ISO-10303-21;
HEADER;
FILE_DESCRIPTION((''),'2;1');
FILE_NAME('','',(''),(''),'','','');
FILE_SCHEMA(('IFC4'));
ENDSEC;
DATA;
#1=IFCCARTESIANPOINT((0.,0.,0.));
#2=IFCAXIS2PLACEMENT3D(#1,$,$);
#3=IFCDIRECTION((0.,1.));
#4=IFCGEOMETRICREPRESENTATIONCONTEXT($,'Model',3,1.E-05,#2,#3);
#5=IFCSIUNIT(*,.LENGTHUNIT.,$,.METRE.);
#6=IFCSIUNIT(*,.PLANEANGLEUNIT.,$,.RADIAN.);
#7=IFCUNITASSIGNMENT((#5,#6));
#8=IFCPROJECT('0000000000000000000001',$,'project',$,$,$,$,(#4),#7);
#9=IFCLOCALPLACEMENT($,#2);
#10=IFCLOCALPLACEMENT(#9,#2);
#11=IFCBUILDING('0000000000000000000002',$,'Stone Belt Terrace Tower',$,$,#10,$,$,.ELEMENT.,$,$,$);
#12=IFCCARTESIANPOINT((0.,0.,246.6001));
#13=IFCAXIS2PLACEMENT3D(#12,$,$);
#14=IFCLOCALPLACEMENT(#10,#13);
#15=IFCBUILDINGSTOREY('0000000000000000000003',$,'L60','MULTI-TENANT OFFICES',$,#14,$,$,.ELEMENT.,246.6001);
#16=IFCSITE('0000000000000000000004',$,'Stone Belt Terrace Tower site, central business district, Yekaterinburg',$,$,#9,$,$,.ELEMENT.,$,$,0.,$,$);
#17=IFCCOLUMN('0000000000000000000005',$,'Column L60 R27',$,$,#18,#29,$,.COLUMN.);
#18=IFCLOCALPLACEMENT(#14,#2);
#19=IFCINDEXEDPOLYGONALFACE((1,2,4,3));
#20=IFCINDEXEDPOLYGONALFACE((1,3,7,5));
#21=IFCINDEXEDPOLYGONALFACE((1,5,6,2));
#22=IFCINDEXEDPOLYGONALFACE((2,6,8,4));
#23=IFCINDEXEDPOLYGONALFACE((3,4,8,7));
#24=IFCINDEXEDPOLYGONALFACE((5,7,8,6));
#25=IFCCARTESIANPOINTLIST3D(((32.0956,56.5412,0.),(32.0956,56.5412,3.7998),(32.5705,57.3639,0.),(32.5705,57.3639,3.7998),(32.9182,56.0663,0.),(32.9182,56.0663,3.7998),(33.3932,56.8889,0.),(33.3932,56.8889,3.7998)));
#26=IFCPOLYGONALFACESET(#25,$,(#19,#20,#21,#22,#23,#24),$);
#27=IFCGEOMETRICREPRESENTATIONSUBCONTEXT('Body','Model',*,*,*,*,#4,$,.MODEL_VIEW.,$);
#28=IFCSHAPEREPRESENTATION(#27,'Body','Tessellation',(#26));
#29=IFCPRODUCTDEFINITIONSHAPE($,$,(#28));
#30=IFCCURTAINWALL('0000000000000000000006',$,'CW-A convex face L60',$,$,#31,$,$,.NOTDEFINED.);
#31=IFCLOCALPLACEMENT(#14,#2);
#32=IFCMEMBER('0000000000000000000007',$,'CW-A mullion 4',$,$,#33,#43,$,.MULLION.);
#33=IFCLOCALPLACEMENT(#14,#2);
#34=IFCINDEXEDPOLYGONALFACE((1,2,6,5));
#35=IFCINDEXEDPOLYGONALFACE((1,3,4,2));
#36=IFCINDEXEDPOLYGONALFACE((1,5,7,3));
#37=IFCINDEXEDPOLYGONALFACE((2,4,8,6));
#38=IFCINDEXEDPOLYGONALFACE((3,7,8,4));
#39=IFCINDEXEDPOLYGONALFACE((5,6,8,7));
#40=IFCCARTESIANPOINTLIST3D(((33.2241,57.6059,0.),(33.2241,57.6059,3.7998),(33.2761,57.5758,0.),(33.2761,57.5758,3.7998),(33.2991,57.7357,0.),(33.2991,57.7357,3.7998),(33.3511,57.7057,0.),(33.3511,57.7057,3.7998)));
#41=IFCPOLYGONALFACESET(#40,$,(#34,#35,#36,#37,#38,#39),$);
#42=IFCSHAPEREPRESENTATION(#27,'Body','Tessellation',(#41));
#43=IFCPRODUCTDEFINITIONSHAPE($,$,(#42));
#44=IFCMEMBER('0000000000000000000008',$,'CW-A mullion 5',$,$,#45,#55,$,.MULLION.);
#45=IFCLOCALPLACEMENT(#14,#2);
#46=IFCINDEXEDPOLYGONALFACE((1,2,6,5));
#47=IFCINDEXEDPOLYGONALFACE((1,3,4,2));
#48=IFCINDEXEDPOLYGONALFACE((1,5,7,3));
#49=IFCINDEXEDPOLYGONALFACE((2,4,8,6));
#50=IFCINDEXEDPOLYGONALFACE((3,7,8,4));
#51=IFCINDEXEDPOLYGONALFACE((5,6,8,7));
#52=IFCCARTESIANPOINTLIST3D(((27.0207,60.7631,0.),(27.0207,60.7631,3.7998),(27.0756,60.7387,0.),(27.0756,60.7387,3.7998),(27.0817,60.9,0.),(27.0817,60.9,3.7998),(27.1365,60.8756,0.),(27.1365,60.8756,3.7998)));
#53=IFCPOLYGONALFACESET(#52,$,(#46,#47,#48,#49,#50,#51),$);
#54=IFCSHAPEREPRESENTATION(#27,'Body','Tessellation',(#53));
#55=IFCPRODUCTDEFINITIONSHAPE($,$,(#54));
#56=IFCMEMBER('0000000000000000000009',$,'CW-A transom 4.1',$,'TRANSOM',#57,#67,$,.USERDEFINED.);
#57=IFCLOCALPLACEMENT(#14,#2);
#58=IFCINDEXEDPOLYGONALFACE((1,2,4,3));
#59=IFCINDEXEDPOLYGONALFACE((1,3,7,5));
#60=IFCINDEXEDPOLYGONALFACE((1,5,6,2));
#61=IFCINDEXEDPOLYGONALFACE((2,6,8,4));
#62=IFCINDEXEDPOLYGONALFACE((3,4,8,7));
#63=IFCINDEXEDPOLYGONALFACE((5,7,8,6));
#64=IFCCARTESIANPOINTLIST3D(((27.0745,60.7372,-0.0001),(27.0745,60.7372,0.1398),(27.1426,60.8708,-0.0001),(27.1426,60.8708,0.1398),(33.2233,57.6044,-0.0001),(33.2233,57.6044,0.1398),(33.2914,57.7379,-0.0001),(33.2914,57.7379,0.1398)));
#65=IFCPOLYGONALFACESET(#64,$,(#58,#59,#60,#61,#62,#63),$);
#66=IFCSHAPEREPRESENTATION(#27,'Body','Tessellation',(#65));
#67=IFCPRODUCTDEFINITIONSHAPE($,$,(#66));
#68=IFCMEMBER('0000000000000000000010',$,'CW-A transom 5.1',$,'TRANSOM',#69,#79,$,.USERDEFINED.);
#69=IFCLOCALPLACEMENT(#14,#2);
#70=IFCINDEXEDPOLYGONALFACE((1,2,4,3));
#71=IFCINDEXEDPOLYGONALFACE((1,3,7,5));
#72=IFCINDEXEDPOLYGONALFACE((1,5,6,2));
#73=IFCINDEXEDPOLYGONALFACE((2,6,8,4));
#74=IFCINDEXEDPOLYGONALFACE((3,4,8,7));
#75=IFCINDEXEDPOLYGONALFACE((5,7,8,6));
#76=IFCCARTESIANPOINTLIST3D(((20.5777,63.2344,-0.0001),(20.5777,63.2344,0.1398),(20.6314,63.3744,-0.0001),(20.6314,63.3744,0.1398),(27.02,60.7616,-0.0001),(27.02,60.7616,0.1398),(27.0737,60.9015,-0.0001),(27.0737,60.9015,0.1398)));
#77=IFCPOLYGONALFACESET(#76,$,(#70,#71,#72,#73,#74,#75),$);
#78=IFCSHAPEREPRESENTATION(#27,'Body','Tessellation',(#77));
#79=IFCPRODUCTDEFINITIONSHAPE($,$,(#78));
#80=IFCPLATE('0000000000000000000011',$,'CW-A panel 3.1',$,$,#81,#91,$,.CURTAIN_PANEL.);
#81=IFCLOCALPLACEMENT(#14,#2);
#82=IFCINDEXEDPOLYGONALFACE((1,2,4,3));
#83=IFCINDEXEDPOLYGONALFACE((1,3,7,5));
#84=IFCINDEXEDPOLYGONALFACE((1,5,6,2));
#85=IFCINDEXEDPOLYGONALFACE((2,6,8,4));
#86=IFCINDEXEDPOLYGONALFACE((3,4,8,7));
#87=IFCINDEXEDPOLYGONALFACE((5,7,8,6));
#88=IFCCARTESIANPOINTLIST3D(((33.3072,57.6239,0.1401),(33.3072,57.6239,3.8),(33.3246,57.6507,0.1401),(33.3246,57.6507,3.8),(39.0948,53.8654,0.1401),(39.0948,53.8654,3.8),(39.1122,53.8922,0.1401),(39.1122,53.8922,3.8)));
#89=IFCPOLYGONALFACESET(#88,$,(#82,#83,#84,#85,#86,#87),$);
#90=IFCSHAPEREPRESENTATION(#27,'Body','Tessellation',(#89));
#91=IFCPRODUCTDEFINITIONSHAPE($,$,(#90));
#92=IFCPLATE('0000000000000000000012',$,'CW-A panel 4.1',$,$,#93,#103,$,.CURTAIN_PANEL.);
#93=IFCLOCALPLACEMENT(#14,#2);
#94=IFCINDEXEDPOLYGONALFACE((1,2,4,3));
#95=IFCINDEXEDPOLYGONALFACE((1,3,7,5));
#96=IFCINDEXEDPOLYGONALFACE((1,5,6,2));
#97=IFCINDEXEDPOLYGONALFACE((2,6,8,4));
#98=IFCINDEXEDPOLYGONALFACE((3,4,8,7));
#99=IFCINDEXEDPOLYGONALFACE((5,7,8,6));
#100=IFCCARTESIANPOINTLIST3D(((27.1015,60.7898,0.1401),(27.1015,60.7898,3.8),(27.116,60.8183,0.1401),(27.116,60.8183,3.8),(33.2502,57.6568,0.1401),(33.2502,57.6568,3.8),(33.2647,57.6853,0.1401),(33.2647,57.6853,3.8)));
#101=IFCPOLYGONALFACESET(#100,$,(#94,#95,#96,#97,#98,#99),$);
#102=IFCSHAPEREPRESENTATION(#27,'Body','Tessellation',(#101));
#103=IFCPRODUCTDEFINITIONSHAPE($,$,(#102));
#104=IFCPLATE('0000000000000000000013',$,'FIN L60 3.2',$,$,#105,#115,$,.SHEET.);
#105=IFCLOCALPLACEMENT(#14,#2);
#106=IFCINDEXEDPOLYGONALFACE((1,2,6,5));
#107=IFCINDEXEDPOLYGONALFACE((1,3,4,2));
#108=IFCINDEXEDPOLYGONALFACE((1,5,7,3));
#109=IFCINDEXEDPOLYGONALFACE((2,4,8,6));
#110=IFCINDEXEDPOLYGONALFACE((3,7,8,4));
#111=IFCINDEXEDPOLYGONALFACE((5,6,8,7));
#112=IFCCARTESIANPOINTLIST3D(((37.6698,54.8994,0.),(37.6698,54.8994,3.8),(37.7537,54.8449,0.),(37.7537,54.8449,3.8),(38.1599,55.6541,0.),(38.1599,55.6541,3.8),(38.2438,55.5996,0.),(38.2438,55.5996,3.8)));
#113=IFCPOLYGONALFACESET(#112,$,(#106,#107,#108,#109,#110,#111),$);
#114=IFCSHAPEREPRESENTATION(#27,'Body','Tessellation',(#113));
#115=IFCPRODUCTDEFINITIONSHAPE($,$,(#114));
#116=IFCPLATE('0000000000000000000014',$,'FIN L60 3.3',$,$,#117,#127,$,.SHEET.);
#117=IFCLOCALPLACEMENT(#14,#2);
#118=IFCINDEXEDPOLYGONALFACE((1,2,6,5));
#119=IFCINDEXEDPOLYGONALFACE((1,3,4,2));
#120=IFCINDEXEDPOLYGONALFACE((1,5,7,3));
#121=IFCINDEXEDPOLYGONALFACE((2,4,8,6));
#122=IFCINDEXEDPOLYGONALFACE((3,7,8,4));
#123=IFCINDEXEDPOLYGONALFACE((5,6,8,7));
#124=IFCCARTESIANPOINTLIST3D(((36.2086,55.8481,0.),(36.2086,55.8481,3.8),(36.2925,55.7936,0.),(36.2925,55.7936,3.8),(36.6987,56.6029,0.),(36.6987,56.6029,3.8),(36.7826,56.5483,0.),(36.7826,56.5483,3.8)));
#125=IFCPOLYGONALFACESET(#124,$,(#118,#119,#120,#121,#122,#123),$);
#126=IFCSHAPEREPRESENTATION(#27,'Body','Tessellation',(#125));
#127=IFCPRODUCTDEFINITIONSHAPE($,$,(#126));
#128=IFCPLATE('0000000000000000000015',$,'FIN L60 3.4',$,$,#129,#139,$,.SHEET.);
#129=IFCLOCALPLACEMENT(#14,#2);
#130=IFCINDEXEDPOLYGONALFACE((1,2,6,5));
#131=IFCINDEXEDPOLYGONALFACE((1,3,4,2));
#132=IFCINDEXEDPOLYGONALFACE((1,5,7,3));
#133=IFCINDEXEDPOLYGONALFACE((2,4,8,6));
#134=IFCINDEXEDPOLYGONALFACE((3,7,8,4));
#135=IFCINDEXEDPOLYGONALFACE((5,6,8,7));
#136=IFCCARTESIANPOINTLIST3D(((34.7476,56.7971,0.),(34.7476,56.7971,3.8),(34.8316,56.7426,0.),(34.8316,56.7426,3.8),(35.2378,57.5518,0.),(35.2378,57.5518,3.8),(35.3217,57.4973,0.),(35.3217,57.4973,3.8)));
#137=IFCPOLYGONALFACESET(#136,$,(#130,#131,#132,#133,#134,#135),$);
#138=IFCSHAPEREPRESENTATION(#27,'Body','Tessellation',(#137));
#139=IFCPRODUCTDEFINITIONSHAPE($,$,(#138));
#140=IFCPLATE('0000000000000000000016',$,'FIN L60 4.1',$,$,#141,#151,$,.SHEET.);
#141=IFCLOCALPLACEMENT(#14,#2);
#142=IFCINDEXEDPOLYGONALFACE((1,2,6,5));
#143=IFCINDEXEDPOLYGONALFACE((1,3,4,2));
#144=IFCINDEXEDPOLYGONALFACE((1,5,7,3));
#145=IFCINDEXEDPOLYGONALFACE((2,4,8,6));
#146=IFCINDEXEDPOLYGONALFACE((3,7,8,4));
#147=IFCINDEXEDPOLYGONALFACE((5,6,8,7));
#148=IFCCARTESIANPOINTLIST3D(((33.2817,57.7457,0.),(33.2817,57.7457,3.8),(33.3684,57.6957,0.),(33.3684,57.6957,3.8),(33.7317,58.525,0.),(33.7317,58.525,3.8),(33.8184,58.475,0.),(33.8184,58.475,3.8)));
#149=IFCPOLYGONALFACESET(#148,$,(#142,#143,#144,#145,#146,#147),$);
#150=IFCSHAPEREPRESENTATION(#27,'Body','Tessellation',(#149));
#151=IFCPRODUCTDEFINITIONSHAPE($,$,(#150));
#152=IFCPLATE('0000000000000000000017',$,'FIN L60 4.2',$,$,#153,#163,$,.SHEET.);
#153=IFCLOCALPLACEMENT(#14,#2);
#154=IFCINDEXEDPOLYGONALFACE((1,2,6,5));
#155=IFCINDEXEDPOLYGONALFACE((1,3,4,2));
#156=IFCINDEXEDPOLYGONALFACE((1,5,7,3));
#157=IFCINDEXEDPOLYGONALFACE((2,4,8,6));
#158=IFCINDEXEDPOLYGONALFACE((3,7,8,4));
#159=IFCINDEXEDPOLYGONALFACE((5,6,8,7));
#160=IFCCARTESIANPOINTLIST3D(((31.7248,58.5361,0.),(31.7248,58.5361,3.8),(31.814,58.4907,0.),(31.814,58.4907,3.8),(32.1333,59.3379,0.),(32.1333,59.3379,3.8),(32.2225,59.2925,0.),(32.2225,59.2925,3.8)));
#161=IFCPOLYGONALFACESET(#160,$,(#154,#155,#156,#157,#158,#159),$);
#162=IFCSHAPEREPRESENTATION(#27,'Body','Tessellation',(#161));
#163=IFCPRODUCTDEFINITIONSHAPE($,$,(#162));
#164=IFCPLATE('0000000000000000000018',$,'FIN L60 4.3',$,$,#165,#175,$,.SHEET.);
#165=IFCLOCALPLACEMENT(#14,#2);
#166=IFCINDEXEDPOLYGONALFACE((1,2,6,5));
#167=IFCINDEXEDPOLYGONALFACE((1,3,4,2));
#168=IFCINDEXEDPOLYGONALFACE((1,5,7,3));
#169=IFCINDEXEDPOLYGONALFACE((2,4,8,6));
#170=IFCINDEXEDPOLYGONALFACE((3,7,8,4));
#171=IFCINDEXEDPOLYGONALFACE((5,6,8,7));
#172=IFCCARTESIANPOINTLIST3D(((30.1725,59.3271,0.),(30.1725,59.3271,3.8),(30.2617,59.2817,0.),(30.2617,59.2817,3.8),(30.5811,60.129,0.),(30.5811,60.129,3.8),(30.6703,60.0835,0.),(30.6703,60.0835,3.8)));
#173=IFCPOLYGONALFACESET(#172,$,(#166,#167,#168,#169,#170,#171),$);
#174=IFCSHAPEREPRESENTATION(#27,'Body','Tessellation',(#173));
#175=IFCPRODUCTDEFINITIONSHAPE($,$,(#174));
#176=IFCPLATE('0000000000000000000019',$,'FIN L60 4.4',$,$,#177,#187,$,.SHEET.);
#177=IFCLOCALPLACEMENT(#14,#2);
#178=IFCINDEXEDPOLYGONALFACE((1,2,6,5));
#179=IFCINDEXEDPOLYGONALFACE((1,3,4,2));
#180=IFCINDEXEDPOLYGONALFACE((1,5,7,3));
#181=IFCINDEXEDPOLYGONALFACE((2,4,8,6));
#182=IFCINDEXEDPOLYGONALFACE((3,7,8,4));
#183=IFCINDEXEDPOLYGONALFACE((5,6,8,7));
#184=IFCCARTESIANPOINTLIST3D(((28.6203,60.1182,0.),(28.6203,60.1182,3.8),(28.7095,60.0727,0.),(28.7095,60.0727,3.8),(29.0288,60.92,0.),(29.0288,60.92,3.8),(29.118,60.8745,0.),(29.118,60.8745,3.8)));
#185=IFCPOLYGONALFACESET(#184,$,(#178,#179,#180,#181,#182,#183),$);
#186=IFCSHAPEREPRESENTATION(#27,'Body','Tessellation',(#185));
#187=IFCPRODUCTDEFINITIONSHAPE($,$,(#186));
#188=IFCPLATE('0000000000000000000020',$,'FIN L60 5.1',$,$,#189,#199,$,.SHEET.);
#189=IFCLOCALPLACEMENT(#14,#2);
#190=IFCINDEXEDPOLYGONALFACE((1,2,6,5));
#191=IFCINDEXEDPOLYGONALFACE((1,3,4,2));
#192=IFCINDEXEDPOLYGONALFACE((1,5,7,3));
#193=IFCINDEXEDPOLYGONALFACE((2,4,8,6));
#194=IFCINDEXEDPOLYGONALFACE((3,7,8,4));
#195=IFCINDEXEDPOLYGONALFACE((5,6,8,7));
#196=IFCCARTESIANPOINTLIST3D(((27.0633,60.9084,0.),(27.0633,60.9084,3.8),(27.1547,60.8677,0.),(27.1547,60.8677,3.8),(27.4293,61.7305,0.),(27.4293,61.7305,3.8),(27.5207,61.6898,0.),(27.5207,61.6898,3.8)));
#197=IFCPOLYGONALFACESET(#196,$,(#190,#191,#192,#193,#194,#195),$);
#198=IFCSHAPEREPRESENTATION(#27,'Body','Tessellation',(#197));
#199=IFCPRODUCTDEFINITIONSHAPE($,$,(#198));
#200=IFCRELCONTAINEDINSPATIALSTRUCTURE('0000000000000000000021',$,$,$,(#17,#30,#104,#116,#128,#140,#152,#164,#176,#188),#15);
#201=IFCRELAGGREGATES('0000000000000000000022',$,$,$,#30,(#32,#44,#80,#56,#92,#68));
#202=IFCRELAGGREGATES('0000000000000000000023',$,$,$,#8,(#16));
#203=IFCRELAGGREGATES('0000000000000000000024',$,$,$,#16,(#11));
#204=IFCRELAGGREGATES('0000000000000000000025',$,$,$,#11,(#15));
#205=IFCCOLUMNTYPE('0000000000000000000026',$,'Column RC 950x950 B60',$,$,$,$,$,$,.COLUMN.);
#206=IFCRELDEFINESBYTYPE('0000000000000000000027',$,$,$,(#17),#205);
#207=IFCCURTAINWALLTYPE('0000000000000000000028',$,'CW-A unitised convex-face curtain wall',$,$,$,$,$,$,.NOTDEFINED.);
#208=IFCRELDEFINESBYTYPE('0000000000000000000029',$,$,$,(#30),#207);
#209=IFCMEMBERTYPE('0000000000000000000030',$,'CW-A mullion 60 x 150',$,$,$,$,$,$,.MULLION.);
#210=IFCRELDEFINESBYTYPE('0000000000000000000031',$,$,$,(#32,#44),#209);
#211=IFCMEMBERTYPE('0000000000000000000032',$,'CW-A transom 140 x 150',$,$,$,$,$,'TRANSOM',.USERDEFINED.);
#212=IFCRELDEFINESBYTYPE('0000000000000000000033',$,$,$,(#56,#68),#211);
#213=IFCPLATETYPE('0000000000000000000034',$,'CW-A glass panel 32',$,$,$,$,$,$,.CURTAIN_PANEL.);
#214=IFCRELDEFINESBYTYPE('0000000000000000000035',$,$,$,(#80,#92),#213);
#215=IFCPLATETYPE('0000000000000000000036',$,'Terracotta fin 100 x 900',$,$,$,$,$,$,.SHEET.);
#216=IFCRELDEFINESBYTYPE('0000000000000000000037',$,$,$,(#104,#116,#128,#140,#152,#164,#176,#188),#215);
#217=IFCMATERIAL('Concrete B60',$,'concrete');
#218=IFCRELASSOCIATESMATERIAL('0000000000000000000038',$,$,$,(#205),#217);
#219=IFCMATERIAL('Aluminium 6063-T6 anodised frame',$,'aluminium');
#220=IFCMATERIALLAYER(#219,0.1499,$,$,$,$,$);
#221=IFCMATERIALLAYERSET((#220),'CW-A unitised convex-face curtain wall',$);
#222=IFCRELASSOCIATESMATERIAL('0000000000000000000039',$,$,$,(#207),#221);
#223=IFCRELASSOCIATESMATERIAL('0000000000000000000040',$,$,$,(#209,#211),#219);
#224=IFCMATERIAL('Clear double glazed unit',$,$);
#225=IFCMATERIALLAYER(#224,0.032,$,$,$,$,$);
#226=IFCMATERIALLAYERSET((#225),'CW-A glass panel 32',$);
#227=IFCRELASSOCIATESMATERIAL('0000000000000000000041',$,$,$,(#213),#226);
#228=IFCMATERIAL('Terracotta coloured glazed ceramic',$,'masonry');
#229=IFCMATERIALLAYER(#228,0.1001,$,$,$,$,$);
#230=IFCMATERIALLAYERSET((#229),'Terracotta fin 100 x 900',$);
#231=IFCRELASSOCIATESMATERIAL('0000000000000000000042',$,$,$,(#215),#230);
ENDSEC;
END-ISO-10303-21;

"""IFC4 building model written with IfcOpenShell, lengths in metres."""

from ifc_helpers import new_model, si_unit, direction, frame, origin, origin_2d, place, context, subcontext, project, spatial, rectangle, extrude, material, layer, layer_set, material_profile, profile_set, type_object, element, aggregate, save


model = new_model("IFC4")

# Units and contexts
model_context = context("Model", 3, precision=1e-05, world=origin(), true_north=direction((0.0, 1.0)))
body_context = subcontext(model_context, "Body", "Model", "MODEL_VIEW")
ifc_project = project(units=[si_unit("LENGTHUNIT", "METRE"), si_unit("PLANEANGLEUNIT", "RADIAN")], contexts=[model_context])

# Site, building, storey
site_placement = place(None, origin())
site = spatial("IfcSite", under=ifc_project, at=site_placement, Name="Stone Belt Terrace Tower site, central business district, Yekaterinburg", CompositionType="ELEMENT", RefElevation=0.0)
building_placement = place(site_placement, origin())
building = spatial("IfcBuilding", under=site, at=building_placement, Name="Stone Belt Terrace Tower", CompositionType="ELEMENT")
storey_placement = place(building_placement, frame((0.0, 0.0, 246.6001)))
storey = spatial("IfcBuildingStorey", under=building, at=storey_placement, Name="L60", Description="MULTI-TENANT OFFICES", CompositionType="ELEMENT", Elevation=246.6001)

# Column
ifc_material_1 = material(Name="Concrete B60", Category="concrete")
ifc_material_profile_1 = material_profile(ifc_material_1, rectangle(XDim=0.95, YDim=0.95, at=origin_2d()), Name="RC 950x950")
ifc_profile_set_1 = profile_set([ifc_material_profile_1], Name="Concrete B60")
column_type = type_object("IfcColumnType", Name="Column RC 950x950 B60", PredefinedType="COLUMN", material=ifc_profile_set_1)
column_placement = place(storey_placement, frame((32.7444, 56.7151, 0.0), z_axis=(0.0, 0.0, 1.0), x_axis=(0.866025, -0.5, 0.0)))
element("IfcColumn", 1, at=column_placement, inside=storey, type_object=column_type, Name="Column L60 R27", PredefinedType="COLUMN", context=body_context, shape_type="SweptSolid", body=[
    extrude(rectangle(XDim=0.95, YDim=0.95, at=origin_2d()), origin(), (0.0, 0.0, 1.0), 3.7998),
])

# Curtain wall, members, plates
ifc_material_2 = material(Name="Aluminium 6063-T6 anodised frame", Category="aluminium")
ifc_layer_1 = layer(ifc_material_2, 0.1499)
ifc_layer_set_1 = layer_set([ifc_layer_1], Name="CW-A unitised convex-face curtain wall")
curtain_wall_type = type_object("IfcCurtainWallType", Name="CW-A unitised convex-face curtain wall", PredefinedType="NOTDEFINED", material=ifc_layer_set_1)
curtain_wall_placement = place(storey_placement, origin())
curtain_wall = element("IfcCurtainWall", 2, at=curtain_wall_placement, inside=storey, type_object=curtain_wall_type, Name="CW-A convex face L60", PredefinedType="NOTDEFINED")
ifc_material_profile_2 = material_profile(ifc_material_2, rectangle(XDim=0.1499, YDim=0.0601, at=origin_2d()), Name="Aluminium 6063-T6 60x150")
ifc_profile_set_2 = profile_set([ifc_material_profile_2], Name="Aluminium 6063-T6 anodised frame")
member_type_1 = type_object("IfcMemberType", Name="CW-A mullion 60 x 150", PredefinedType="MULLION", material=ifc_profile_set_2)
member_1_placement = place(storey_placement, frame((33.2876, 57.6558, 0.0), z_axis=(0.0, 0.0, 1.0), x_axis=(-0.5, -0.866025, 0.0)))
member_1 = element("IfcMember", 3, at=member_1_placement, type_object=member_type_1, Name="CW-A mullion 4", PredefinedType="MULLION", context=body_context, shape_type="SweptSolid", body=[
    extrude(rectangle(XDim=0.1499, YDim=0.0601, at=origin_2d()), origin(), (0.0, 0.0, 1.0), 3.7998),
])
member_2_placement = place(storey_placement, frame((27.0786, 60.8193, 0.0), z_axis=(0.0, 0.0, 1.0), x_axis=(-0.406737, -0.913545, 0.0)))
member_2 = element("IfcMember", 4, at=member_2_placement, type_object=member_type_1, Name="CW-A mullion 5", PredefinedType="MULLION", context=body_context, shape_type="SweptSolid", body=[
    extrude(rectangle(XDim=0.1499, YDim=0.0601, at=origin_2d()), origin(), (0.0, 0.0, 1.0), 3.7998),
])
ifc_material_profile_3 = material_profile(ifc_material_2, rectangle(XDim=0.1499, YDim=0.1399, at=origin_2d()), Name="Aluminium 6063-T6 150x140")
ifc_profile_set_3 = profile_set([ifc_material_profile_3], Name="Aluminium 6063-T6 anodised frame")
member_type_2 = type_object("IfcMemberType", Name="CW-A transom 140 x 150", ElementType="TRANSOM", PredefinedType="USERDEFINED", material=ifc_profile_set_3)
member_3_placement = place(storey_placement, frame((33.2573, 57.6711, 0.0698), z_axis=(-0.891012, 0.453979, 0.0), x_axis=(-0.453979, -0.891012, 0.0)))
member_3 = element("IfcMember", 5, at=member_3_placement, type_object=member_type_2, Name="CW-A transom 4.1", ObjectType="TRANSOM", PredefinedType="USERDEFINED", context=body_context, shape_type="SweptSolid", body=[
    extrude(rectangle(XDim=0.1499, YDim=0.1399, at=origin_2d()), origin(), (0.0, 0.0, 1.0), 6.9009),
])
member_4_placement = place(storey_placement, frame((27.0469, 60.8315, 0.0698), z_axis=(-0.933585, 0.358355, 0.0), x_axis=(-0.358355, -0.933585, 0.0)))
member_4 = element("IfcMember", 6, at=member_4_placement, type_object=member_type_2, Name="CW-A transom 5.1", ObjectType="TRANSOM", PredefinedType="USERDEFINED", context=body_context, shape_type="SweptSolid", body=[
    extrude(rectangle(XDim=0.1499, YDim=0.1399, at=origin_2d()), origin(), (0.0, 0.0, 1.0), 6.9006),
])
ifc_material_3 = material(Name="Clear double glazed unit")
ifc_layer_2 = layer(ifc_material_3, 0.032)
ifc_layer_set_2 = layer_set([ifc_layer_2], Name="CW-A glass panel 32")
plate_type_1 = type_object("IfcPlateType", Name="CW-A glass panel 32", PredefinedType="CURTAIN_PANEL", material=ifc_layer_set_2)
plate_1_placement = place(storey_placement, frame((36.2097, 55.7581, 0.1401), z_axis=(0.0, 0.0, 1.0), x_axis=(-0.838671, 0.544639, 0.0)))
plate_1 = element("IfcPlate", 7, at=plate_1_placement, type_object=plate_type_1, Name="CW-A panel 3.1", PredefinedType="CURTAIN_PANEL", context=body_context, shape_type="SweptSolid", body=[
    extrude(rectangle(XDim=6.9009, YDim=0.032, at=origin_2d()), origin(), (0.0, 0.0, 1.0), 3.6599),
])
plate_2_placement = place(storey_placement, frame((30.1831, 59.2375, 0.1401), z_axis=(0.0, 0.0, 1.0), x_axis=(-0.891007, 0.45399, 0.0)))
plate_2 = element("IfcPlate", 8, at=plate_2_placement, type_object=plate_type_1, Name="CW-A panel 4.1", PredefinedType="CURTAIN_PANEL", context=body_context, shape_type="SweptSolid", body=[
    extrude(rectangle(XDim=6.9009, YDim=0.032, at=origin_2d()), origin(), (0.0, 0.0, 1.0), 3.6599),
])
aggregate(curtain_wall, [member_1, member_2, plate_1, member_3, plate_2, member_4])

# Plates
ifc_material_4 = material(Name="Terracotta coloured glazed ceramic", Category="masonry")
ifc_layer_3 = layer(ifc_material_4, 0.1001)
ifc_layer_set_3 = layer_set([ifc_layer_3], Name="Terracotta fin 100 x 900")
plate_type_2 = type_object("IfcPlateType", Name="Terracotta fin 100 x 900", PredefinedType="SHEET", material=ifc_layer_set_3)
for number, where, z_axis, x_axis, name in (
    (9, (37.9568, 55.2495, 0.0), (0.0, 0.0, 1.0), (0.544639, 0.838671, 0.0), "FIN L60 3.2"),
    (10, (36.4956, 56.1982, 0.0), (0.0, 0.0, 1.0), (0.544639, 0.838671, 0.0), "FIN L60 3.3"),
    (11, (35.0347, 57.1472, 0.0), (0.0, 0.0, 1.0), (0.544639, 0.838671, 0.0), "FIN L60 3.4"),
    (12, (33.55, 58.1104, 0.0), (0.0, 0.0, 1.0), (0.5, 0.866025, 0.0), "FIN L60 4.1"),
    (13, (31.9736, 58.9143, 0.0), (0.0, 0.0, 1.0), (0.45399, 0.891007, 0.0), "FIN L60 4.2"),
    (14, (30.4214, 59.7053, 0.0), (0.0, 0.0, 1.0), (0.45399, 0.891007, 0.0), "FIN L60 4.3"),
    (15, (28.8691, 60.4963, 0.0), (0.0, 0.0, 1.0), (0.45399, 0.891007, 0.0), "FIN L60 4.4"),
    (16, (27.292, 61.2991, 0.0), (0.0, 0.0, 1.0), (0.406737, 0.913545, 0.0), "FIN L60 5.1"),
):
    element("IfcPlate", number, at=place(storey_placement, frame(where, z_axis=z_axis, x_axis=x_axis)), inside=storey, type_object=plate_type_2, Name=name, PredefinedType="SHEET", context=body_context, shape_type="SweptSolid", body=[
        extrude(rectangle(XDim=0.8999, YDim=0.1001, at=origin_2d()), origin(), (0.0, 0.0, 1.0), 3.8),
    ])

save(model, "model.ifc")
